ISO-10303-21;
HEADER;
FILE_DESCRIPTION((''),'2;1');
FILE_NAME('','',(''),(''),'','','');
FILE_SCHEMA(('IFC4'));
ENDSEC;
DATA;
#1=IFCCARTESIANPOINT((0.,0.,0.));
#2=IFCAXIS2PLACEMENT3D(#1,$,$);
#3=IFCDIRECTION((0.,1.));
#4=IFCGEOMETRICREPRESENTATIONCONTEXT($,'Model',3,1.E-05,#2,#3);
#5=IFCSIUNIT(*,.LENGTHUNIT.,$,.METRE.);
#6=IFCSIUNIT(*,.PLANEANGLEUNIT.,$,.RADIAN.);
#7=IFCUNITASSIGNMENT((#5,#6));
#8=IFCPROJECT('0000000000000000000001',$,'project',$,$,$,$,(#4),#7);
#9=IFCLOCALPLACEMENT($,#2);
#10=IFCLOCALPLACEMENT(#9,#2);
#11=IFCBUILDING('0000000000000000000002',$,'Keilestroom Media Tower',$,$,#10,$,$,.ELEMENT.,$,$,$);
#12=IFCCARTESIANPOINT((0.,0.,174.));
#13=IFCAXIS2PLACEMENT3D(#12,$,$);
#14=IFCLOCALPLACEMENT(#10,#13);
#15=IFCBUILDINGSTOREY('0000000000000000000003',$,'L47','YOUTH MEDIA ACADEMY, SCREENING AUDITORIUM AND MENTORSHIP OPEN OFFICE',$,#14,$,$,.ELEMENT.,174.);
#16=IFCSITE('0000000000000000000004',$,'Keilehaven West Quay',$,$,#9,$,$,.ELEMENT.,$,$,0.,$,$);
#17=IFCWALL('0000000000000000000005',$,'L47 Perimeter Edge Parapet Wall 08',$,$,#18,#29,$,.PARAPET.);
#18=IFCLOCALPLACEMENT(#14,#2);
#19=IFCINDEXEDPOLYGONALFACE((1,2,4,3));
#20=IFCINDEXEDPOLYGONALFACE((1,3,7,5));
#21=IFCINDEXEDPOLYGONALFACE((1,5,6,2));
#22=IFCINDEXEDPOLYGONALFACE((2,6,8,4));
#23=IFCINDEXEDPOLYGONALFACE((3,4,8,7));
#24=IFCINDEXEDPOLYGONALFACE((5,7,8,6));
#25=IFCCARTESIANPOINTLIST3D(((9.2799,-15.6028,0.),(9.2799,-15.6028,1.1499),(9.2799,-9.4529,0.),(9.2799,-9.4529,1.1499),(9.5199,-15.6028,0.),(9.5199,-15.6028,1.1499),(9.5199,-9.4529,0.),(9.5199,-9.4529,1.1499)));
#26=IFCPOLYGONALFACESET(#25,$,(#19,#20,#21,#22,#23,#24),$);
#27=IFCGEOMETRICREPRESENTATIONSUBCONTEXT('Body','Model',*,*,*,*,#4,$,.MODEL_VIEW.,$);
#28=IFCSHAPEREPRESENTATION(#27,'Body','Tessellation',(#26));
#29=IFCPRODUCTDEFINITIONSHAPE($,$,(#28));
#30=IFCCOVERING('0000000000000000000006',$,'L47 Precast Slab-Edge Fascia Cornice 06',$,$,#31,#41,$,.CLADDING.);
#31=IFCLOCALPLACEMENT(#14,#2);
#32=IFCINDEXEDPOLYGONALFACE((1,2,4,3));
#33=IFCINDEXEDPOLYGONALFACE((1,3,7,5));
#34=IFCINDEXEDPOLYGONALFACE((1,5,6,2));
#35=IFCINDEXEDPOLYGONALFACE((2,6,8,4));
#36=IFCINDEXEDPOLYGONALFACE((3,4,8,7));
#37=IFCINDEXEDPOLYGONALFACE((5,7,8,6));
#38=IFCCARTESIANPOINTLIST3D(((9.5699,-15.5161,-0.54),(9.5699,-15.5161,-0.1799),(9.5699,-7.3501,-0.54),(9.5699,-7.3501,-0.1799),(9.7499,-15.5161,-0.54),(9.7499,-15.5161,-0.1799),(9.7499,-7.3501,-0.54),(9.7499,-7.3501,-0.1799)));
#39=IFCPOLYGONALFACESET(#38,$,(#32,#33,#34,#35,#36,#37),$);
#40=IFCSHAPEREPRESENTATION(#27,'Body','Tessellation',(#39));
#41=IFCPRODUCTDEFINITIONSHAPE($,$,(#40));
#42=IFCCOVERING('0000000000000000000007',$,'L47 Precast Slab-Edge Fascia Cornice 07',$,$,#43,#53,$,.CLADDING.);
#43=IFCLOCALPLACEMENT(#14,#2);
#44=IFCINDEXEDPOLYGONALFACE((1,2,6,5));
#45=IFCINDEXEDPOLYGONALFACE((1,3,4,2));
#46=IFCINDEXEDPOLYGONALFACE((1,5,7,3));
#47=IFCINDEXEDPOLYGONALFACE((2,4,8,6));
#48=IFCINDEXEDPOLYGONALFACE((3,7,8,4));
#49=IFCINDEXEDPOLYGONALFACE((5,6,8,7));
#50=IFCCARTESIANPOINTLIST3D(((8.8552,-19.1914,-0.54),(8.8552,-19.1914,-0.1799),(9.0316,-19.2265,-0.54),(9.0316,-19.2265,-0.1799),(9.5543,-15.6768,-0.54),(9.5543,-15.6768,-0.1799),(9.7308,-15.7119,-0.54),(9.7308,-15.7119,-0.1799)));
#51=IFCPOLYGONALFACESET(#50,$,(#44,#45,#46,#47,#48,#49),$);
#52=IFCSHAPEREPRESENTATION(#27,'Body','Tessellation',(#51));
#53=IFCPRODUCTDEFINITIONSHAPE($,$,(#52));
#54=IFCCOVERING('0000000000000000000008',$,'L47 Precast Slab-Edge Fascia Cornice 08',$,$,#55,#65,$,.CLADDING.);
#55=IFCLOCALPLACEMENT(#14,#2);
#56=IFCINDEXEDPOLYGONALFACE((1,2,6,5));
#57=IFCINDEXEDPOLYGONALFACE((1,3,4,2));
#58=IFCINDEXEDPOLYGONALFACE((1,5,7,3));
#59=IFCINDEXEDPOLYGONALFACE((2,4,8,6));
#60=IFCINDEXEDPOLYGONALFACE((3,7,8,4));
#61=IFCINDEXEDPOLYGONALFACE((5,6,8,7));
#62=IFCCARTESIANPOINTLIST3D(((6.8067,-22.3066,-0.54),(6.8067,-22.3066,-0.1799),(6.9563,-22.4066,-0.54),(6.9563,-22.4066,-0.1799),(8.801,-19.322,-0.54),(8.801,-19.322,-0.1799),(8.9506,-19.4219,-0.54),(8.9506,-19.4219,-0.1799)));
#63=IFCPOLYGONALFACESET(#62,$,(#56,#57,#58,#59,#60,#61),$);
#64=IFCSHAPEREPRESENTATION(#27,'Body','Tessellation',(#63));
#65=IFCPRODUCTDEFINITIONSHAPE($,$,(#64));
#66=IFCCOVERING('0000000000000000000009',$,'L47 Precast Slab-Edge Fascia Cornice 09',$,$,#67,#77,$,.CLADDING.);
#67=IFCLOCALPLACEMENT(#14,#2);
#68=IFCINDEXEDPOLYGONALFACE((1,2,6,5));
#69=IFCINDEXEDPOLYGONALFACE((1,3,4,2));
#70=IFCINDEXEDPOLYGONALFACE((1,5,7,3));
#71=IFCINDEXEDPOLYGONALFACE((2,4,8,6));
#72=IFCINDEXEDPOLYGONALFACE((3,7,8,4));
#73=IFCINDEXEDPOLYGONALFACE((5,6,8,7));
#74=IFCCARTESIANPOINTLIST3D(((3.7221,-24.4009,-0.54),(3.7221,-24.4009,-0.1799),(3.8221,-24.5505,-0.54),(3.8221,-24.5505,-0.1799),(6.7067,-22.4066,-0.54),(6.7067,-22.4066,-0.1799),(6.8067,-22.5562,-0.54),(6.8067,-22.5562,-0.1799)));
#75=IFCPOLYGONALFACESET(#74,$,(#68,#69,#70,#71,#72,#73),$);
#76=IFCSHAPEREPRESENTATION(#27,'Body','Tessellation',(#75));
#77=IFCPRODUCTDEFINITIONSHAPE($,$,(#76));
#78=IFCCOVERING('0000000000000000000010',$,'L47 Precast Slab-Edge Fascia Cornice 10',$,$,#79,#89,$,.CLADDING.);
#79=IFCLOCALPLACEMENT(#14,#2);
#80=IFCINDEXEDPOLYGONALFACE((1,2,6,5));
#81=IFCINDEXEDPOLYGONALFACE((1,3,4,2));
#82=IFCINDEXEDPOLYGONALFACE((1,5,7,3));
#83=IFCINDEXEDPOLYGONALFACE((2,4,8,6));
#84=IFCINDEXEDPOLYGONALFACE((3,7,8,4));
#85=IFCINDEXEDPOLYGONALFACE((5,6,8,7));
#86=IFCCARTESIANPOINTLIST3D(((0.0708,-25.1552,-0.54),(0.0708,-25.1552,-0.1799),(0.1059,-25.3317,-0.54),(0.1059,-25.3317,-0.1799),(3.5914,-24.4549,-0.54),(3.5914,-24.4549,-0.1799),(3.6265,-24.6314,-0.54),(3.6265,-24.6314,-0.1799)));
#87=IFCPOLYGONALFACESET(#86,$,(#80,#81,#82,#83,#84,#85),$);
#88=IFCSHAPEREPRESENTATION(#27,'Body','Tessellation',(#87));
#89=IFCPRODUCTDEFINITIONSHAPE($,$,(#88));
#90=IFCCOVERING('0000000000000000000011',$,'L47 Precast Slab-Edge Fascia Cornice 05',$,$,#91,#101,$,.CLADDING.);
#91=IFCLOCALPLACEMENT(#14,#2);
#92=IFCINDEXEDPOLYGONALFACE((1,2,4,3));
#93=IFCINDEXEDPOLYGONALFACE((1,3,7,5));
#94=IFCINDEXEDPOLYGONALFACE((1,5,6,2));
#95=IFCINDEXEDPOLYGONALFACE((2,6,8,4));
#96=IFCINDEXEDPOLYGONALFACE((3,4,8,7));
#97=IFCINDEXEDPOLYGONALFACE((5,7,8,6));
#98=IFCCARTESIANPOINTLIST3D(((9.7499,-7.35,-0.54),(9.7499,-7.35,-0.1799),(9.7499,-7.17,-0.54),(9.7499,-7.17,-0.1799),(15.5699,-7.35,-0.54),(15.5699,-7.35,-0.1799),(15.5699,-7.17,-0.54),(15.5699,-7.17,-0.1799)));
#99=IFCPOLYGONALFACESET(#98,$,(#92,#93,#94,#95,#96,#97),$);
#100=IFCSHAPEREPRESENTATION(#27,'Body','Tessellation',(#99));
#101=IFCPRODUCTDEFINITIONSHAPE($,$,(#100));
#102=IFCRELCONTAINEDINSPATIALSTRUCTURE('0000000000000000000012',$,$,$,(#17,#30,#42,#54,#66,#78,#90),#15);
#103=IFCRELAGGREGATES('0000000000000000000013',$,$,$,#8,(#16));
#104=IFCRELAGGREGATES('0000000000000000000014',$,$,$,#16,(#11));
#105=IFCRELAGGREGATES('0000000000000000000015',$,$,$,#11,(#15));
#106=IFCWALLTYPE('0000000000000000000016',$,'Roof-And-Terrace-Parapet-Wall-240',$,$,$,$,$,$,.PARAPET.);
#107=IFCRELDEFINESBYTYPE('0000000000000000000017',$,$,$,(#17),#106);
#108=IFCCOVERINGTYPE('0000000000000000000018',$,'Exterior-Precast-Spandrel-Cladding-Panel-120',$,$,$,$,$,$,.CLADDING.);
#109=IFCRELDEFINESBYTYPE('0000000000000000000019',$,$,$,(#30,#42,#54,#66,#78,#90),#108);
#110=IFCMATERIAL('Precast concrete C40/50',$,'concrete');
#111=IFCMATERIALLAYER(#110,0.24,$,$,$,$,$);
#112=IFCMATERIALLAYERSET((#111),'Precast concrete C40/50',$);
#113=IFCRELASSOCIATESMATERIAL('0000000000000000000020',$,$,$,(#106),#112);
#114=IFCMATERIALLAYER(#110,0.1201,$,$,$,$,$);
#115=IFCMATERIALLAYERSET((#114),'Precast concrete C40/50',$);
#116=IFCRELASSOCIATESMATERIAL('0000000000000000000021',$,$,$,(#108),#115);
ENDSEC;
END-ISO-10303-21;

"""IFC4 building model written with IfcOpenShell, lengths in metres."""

from ifc_helpers import new_model, si_unit, direction, frame, frame_2d, origin, origin_2d, place, context, subcontext, project, spatial, rectangle, extrude, source, transform, mapped, material, layer, layer_set, type_object, element, save


model = new_model("IFC4")

# Units and contexts
model_context = context("Model", 3, precision=1e-05, world=origin(), true_north=direction((0.0, 1.0)))
body_context = subcontext(model_context, "Body", "Model", "MODEL_VIEW")
ifc_project = project(units=[si_unit("LENGTHUNIT", "METRE"), si_unit("PLANEANGLEUNIT", "RADIAN")], contexts=[model_context])

# Site, building, storey
site_placement = place(None, origin())
site = spatial("IfcSite", under=ifc_project, at=site_placement, Name="Keilehaven West Quay", CompositionType="ELEMENT", RefElevation=0.0)
building_placement = place(site_placement, origin())
building = spatial("IfcBuilding", under=site, at=building_placement, Name="Keilestroom Media Tower", CompositionType="ELEMENT")
storey_placement = place(building_placement, frame((0.0, 0.0, 174.0)))
storey = spatial("IfcBuildingStorey", under=building, at=storey_placement, Name="L47", Description="YOUTH MEDIA ACADEMY, SCREENING AUDITORIUM AND MENTORSHIP OPEN OFFICE", CompositionType="ELEMENT", Elevation=174.0)

# Shared definitions
ifc_material_1 = material(Name="Precast concrete C40/50", Category="concrete")

# Wall
ifc_layer_1 = layer(ifc_material_1, 0.24)
ifc_layer_set_1 = layer_set([ifc_layer_1], Name="Precast concrete C40/50")
wall_type_1 = type_object("IfcWallType", Name="Roof-And-Terrace-Parapet-Wall-240", PredefinedType="PARAPET", material=ifc_layer_set_1)
wall_1_placement = place(storey_placement, frame((9.3999, -9.4529, 0.0), z_axis=(0.0, 0.0, 1.0), x_axis=(0.0, -1.0, 0.0)))
element("IfcWall", 1, at=wall_1_placement, inside=storey, type_object=wall_type_1, Name="L47 Perimeter Edge Parapet Wall 08", PredefinedType="PARAPET", context=body_context, shape_type="SweptSolid", body=[
    extrude(rectangle(XDim=6.1499, YDim=0.24, at=frame_2d((3.075, 0.0))), origin(), (0.0, 0.0, 1.0), 1.1499),
])

# Coverings
ifc_layer_2 = layer(ifc_material_1, 0.1201)
ifc_layer_set_2 = layer_set([ifc_layer_2], Name="Precast concrete C40/50")
covering_type = type_object("IfcCoveringType", Name="Exterior-Precast-Spandrel-Cladding-Panel-120", PredefinedType="CLADDING", material=ifc_layer_set_2)
shared_shape_1 = source(origin(), body_context, "Body", "SweptSolid", [
    extrude(rectangle(XDim=8.166, YDim=0.1799, at=origin_2d()), origin(), (0.0, 0.0, 1.0), 0.3601),
])
covering_1_placement = place(storey_placement, frame((9.6599, -11.4331, -0.54), z_axis=(0.0, 0.0, 1.0), x_axis=(0.0, -1.0, 0.0)))
element("IfcCovering", 2, at=covering_1_placement, inside=storey, type_object=covering_type, Name="L47 Precast Slab-Edge Fascia Cornice 06", PredefinedType="CLADDING", context=body_context, shape_type="MappedRepresentation", body=[
    mapped(shared_shape_1, transform((0.0, 0.0, 0.0), x_axis=(1.0, 0.0, 0.0), y_axis=(0.0, 1.0, 0.0), z_axis=(0.0, 0.0, 1.0), scale=1.0)),
])
shared_shape_2 = source(origin(), body_context, "Body", "SweptSolid", [
    extrude(rectangle(XDim=3.5835, YDim=0.1799, at=origin_2d()), origin(), (0.0, 0.0, 1.0), 0.3601),
])
covering_2_placement = place(storey_placement, frame((9.293, -17.4517, -0.54), z_axis=(0.0, 0.0, 1.0), x_axis=(-0.195099, -0.980784, 0.0)))
element("IfcCovering", 3, at=covering_2_placement, inside=storey, type_object=covering_type, Name="L47 Precast Slab-Edge Fascia Cornice 07", PredefinedType="CLADDING", context=body_context, shape_type="MappedRepresentation", body=[
    mapped(shared_shape_2, transform((0.0, 0.0, 0.0), x_axis=(1.0, 0.0, 0.0), y_axis=(0.0, 1.0, 0.0), z_axis=(0.0, 0.0, 1.0), scale=1.0)),
])
shared_shape_3 = source(origin(), body_context, "Body", "SweptSolid", [
    extrude(rectangle(XDim=3.5896, YDim=0.1799, at=origin_2d()), origin(), (0.0, 0.0, 1.0), 0.3601),
])
for number, where, z_axis, x_axis, name in (
    (4, (7.8787, -20.8643, -0.54), (0.0, 0.0, 1.0), (-0.555575, -0.831467, 0.0), "L47 Precast Slab-Edge Fascia Cornice 08"),
    (5, (5.2644, -23.4785, -0.54), (0.0, 0.0, 1.0), (-0.831467, -0.555575, 0.0), "L47 Precast Slab-Edge Fascia Cornice 09"),
    (6, (1.8486, -24.8933, -0.54), (0.0, 0.0, 1.0), (-0.980784, -0.195099, 0.0), "L47 Precast Slab-Edge Fascia Cornice 10"),
):
    element("IfcCovering", number, at=place(storey_placement, frame(where, z_axis=z_axis, x_axis=x_axis)), inside=storey, type_object=covering_type, Name=name, PredefinedType="CLADDING", context=body_context, shape_type="MappedRepresentation", body=[
        mapped(shared_shape_3, transform((0.0, 0.0, 0.0), x_axis=(1.0, 0.0, 0.0), y_axis=(0.0, 1.0, 0.0), z_axis=(0.0, 0.0, 1.0), scale=1.0)),
    ])
shared_shape_4 = source(origin(), body_context, "Body", "SweptSolid", [
    extrude(rectangle(XDim=5.8201, YDim=0.1799, at=origin_2d()), origin(), (0.0, 0.0, 1.0), 0.3601),
])
covering_3_placement = place(storey_placement, frame((12.6599, -7.26, -0.54), z_axis=(0.0, 0.0, 1.0), x_axis=(-1.0, 0.0, 0.0)))
element("IfcCovering", 7, at=covering_3_placement, inside=storey, type_object=covering_type, Name="L47 Precast Slab-Edge Fascia Cornice 05", PredefinedType="CLADDING", context=body_context, shape_type="MappedRepresentation", body=[
    mapped(shared_shape_4, transform((0.0, 0.0, 0.0), x_axis=(1.0, 0.0, 0.0), y_axis=(0.0, 1.0, 0.0), z_axis=(0.0, 0.0, 1.0), scale=1.0)),
])

save(model, "model.ifc")
